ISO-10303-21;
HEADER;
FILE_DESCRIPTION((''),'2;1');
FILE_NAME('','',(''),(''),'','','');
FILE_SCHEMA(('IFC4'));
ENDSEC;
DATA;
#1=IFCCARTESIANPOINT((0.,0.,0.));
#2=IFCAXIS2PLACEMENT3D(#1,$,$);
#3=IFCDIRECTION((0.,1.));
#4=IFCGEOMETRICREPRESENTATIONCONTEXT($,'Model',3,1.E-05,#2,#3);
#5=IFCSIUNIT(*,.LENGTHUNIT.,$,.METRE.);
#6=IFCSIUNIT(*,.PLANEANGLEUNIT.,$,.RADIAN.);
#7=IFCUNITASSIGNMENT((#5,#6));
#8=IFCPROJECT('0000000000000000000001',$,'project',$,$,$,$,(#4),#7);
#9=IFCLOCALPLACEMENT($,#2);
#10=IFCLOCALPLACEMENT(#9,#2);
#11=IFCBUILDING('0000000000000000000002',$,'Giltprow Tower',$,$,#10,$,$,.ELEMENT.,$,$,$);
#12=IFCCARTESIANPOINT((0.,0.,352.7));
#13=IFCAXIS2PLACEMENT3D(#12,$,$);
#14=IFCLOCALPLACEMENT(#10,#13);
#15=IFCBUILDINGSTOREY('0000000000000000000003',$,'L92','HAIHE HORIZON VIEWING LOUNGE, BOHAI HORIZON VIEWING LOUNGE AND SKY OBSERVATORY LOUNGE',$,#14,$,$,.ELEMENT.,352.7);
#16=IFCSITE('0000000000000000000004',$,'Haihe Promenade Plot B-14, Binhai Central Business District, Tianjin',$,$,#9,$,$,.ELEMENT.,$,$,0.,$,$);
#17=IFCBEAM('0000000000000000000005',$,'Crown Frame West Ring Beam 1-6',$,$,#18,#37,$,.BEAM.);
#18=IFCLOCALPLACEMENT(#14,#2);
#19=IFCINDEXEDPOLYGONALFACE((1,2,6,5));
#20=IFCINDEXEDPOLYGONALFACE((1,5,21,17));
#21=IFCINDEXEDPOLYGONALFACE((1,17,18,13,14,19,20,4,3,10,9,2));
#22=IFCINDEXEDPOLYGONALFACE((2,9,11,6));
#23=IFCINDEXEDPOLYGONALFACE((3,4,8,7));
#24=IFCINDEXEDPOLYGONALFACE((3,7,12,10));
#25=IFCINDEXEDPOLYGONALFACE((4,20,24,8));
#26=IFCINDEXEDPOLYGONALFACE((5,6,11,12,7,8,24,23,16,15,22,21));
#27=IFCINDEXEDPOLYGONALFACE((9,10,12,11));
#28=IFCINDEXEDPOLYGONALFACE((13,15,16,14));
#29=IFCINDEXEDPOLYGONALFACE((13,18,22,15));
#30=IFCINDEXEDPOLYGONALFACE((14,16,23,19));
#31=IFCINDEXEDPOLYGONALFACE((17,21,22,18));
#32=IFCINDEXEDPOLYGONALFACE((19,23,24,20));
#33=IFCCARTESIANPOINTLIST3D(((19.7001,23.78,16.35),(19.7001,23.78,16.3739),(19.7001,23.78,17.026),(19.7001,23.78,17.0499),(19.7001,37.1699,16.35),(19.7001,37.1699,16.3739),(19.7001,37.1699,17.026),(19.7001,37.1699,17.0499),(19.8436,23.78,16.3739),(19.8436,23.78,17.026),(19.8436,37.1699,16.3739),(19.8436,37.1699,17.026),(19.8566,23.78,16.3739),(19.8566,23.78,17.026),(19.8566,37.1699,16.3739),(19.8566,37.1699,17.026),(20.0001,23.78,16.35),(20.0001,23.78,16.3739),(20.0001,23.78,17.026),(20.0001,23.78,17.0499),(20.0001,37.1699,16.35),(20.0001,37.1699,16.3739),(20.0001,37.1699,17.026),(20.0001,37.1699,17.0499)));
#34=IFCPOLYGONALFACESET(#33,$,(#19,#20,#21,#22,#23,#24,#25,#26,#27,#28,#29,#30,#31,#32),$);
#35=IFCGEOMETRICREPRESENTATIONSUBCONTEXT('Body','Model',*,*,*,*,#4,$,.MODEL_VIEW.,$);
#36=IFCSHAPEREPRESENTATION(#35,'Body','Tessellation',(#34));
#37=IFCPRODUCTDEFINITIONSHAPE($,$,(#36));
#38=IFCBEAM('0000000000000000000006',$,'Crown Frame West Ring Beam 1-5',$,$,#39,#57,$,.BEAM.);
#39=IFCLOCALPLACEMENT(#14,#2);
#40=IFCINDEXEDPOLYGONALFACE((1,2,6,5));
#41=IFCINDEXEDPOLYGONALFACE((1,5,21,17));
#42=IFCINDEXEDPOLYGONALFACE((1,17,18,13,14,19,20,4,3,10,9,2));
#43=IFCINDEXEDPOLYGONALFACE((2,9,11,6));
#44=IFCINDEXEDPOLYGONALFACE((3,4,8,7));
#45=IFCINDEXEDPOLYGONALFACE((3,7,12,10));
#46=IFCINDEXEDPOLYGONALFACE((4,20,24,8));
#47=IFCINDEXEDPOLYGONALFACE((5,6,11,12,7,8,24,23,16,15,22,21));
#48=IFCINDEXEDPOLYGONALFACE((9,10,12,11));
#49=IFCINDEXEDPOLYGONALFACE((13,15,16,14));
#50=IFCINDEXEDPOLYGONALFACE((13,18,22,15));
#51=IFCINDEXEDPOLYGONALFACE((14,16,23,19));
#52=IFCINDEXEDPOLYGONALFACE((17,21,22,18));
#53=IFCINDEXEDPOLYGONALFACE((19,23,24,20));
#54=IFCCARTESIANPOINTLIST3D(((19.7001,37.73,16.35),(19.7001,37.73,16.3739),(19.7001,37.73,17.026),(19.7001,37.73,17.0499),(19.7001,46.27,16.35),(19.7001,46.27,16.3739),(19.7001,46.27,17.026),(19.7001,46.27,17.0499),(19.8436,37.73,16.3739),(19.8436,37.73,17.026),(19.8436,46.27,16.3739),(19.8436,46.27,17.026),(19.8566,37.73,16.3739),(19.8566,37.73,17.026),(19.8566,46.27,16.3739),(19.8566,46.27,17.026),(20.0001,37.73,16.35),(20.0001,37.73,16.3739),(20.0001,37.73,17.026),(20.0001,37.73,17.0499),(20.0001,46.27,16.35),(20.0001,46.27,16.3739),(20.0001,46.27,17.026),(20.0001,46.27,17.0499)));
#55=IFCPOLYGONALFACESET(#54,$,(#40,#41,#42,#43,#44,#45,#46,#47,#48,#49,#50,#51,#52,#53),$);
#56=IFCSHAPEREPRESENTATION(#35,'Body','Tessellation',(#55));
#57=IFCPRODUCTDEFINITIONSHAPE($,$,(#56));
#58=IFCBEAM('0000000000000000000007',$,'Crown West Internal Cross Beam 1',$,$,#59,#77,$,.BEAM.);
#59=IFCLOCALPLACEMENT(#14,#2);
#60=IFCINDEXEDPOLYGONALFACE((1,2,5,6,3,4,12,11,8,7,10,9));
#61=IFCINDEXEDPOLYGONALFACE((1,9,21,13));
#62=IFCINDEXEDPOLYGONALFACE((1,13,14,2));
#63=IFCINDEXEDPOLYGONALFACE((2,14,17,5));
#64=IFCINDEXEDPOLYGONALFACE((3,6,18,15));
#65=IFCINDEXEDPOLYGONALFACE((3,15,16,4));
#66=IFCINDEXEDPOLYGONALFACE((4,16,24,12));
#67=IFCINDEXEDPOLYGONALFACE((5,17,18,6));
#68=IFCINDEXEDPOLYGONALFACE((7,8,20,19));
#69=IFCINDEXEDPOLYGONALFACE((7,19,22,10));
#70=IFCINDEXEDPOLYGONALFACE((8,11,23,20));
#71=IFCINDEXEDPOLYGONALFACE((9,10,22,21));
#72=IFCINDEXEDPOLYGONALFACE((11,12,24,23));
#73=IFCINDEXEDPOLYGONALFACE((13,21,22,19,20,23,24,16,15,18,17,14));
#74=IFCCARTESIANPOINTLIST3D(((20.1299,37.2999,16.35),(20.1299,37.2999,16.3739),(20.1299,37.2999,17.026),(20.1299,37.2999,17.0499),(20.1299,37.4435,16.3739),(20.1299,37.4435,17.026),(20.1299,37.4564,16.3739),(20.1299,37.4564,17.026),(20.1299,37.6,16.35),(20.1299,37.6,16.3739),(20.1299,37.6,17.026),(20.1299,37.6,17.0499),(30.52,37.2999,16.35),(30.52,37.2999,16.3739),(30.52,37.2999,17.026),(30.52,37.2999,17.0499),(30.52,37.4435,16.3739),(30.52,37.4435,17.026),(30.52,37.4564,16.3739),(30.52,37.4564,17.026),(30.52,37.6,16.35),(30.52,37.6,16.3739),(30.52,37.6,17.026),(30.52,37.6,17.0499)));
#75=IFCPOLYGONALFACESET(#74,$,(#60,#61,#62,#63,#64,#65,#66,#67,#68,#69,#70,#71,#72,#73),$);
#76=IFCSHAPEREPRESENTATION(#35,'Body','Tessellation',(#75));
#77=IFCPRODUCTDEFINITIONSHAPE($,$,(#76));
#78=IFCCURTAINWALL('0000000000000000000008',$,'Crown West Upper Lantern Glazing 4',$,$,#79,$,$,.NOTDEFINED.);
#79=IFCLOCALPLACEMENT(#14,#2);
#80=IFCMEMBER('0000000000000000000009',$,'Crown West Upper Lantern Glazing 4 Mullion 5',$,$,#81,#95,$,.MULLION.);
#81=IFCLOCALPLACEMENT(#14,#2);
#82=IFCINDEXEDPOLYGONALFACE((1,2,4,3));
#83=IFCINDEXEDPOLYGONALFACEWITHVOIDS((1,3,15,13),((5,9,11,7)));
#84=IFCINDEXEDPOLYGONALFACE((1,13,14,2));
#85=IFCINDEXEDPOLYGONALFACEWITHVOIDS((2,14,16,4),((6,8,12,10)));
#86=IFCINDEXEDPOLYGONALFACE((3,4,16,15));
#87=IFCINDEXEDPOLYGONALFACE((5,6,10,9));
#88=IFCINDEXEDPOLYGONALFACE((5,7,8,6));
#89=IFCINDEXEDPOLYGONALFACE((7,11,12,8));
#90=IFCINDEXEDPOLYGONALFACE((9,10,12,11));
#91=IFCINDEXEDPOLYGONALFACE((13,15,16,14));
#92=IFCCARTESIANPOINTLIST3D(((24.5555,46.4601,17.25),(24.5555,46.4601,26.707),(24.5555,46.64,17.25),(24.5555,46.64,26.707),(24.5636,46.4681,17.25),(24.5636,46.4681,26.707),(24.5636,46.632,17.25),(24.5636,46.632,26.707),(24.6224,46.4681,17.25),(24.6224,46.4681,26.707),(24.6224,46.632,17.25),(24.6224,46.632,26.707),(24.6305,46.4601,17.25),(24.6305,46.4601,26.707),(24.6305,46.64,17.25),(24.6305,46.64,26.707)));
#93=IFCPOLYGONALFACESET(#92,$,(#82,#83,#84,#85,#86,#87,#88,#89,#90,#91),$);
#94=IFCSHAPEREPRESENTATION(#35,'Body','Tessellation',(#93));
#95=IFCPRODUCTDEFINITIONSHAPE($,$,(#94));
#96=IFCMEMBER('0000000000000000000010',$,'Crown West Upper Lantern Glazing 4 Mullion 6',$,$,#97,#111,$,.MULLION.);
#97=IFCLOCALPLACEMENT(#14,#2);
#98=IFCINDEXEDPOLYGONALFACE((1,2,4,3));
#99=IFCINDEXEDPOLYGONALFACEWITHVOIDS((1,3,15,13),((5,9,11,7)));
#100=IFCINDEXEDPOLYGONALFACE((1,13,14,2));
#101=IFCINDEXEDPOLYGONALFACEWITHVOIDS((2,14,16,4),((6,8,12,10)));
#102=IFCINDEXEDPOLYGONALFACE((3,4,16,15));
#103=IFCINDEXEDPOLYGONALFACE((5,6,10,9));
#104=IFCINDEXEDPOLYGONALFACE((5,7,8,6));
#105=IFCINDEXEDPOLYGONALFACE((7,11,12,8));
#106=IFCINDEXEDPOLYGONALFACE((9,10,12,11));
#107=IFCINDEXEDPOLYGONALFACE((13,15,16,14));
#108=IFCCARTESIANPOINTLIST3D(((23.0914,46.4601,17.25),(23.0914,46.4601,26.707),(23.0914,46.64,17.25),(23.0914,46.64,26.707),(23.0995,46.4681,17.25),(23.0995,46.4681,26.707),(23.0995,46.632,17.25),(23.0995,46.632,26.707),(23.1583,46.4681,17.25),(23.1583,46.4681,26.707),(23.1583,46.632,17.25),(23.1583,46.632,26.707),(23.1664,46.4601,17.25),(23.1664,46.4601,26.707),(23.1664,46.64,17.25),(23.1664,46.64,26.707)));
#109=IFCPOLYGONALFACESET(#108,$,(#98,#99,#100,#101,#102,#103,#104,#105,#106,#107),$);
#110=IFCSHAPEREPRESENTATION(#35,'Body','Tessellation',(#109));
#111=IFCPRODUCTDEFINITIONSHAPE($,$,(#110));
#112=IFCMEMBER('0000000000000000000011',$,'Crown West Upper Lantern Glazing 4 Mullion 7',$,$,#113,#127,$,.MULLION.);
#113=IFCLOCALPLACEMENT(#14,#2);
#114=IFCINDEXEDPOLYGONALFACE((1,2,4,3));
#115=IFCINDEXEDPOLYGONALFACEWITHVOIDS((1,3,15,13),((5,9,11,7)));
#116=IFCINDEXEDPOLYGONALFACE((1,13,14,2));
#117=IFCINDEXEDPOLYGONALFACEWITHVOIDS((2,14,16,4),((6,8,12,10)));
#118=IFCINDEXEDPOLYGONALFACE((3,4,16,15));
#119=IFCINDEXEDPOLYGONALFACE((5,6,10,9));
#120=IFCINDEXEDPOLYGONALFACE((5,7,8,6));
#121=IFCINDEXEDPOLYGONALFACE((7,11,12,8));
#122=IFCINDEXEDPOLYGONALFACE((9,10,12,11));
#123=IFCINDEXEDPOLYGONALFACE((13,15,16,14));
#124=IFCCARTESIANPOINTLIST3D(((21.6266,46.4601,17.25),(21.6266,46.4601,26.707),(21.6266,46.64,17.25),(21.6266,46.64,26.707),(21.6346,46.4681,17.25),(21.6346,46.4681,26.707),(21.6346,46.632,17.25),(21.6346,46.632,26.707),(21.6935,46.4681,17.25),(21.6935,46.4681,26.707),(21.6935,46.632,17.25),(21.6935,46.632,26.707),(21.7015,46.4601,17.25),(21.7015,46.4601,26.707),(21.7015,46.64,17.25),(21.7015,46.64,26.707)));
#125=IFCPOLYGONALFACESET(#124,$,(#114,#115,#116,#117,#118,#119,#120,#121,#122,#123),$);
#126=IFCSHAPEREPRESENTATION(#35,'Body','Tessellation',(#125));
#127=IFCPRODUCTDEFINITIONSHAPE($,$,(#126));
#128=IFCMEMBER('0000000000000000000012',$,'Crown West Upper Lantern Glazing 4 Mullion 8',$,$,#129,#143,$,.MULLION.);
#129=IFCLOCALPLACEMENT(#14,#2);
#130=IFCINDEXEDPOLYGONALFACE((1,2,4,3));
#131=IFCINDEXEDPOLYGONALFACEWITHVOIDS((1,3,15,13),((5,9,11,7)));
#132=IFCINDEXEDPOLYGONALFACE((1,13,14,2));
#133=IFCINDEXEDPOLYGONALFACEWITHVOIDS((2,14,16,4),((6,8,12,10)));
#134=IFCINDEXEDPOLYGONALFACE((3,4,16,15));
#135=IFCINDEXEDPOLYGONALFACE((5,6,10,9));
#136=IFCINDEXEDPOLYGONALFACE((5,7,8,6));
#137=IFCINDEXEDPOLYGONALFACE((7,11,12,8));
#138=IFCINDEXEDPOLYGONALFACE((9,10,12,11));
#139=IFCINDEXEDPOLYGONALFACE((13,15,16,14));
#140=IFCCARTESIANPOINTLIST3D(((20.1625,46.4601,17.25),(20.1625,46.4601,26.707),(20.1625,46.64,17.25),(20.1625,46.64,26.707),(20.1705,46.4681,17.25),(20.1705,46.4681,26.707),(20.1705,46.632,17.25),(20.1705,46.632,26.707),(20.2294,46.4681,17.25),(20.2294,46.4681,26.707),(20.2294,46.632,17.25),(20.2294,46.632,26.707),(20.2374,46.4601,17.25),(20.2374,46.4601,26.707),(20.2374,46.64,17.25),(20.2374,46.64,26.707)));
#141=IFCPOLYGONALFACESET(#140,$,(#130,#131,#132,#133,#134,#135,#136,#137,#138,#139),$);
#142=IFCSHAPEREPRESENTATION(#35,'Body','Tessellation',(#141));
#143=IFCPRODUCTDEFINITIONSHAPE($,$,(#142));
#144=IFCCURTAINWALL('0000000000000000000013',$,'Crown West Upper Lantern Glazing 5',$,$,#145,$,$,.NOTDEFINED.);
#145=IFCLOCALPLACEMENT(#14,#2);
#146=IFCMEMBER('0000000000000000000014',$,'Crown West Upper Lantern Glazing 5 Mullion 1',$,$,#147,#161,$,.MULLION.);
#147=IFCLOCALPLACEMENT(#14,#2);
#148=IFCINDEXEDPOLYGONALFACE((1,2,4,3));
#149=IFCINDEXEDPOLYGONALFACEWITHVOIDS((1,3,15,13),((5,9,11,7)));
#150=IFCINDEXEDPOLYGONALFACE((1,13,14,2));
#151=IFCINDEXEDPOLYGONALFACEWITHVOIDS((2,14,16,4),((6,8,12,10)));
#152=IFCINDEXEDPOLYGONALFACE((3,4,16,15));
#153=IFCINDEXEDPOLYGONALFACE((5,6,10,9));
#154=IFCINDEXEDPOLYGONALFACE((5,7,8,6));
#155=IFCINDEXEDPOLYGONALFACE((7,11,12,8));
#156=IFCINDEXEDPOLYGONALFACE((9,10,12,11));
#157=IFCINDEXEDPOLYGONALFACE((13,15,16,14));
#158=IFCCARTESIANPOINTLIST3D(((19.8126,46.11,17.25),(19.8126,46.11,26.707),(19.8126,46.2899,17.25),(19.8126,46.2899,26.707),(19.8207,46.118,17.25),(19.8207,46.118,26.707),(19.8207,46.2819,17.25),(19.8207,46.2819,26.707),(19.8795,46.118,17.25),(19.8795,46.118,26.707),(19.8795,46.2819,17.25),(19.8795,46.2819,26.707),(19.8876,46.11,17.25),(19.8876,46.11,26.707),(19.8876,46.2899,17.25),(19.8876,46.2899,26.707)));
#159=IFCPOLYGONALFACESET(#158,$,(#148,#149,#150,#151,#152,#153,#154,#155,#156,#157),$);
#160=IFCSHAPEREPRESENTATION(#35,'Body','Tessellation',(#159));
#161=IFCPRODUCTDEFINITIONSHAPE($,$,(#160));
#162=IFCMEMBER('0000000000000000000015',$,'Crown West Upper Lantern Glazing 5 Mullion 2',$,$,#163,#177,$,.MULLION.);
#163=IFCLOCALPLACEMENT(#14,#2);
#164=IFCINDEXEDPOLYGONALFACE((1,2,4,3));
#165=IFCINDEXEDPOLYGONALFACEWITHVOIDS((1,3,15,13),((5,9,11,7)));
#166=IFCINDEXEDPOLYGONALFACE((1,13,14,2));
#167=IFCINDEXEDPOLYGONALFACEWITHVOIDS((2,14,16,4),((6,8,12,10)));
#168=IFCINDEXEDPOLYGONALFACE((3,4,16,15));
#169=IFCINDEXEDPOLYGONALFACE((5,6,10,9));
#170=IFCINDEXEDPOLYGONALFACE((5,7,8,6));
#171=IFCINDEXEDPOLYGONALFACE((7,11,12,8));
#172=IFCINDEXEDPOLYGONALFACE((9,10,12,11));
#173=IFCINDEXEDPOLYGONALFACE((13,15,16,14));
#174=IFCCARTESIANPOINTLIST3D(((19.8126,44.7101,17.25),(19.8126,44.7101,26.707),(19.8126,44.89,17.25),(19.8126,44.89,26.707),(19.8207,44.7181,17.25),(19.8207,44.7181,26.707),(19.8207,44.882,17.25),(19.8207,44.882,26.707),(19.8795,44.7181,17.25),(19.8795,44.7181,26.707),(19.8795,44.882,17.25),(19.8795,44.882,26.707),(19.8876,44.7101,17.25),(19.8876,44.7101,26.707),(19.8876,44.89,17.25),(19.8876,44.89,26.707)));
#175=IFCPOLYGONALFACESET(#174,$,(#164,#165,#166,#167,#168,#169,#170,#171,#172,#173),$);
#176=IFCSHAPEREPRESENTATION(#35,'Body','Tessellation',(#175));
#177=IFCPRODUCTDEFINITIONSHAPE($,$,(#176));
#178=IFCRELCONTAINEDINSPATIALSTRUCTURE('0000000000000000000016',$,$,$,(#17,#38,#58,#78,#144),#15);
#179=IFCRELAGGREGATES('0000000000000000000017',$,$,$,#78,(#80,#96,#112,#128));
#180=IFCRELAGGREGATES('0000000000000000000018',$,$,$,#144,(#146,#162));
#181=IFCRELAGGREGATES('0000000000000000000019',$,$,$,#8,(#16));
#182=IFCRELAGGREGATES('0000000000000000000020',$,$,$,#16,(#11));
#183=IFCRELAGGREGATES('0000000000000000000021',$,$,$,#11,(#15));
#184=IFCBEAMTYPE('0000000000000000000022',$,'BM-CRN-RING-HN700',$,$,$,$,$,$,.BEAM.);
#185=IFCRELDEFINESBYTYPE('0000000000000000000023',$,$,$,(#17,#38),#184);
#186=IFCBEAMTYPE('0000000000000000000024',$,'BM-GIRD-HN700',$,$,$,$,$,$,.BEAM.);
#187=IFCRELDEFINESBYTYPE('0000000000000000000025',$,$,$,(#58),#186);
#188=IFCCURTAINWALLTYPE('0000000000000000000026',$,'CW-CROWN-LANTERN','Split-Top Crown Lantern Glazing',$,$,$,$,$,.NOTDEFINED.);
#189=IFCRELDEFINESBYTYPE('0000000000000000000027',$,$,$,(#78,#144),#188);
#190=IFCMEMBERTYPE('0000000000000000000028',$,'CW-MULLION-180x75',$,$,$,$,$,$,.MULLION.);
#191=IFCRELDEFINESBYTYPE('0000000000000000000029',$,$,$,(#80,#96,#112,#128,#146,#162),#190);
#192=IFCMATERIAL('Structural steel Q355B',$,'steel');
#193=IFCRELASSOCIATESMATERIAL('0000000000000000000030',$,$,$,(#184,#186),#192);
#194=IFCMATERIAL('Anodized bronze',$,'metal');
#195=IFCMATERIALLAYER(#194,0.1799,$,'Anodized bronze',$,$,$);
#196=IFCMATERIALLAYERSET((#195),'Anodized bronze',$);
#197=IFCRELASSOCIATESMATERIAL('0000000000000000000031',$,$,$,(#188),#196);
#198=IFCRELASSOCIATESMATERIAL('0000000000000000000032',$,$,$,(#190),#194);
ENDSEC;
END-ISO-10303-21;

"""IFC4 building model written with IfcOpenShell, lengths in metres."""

from ifc_helpers import new_model, si_unit, direction, frame, origin, origin_2d, place, context, subcontext, project, spatial, hollow_rectangle, i_section, extrude, source, transform, mapped, material, layer, layer_set, material_profile, profile_set, type_object, element, aggregate, save


model = new_model("IFC4")

# Units and contexts
model_context = context("Model", 3, precision=1e-05, world=origin(), true_north=direction((0.0, 1.0)))
body_context = subcontext(model_context, "Body", "Model", "MODEL_VIEW")
ifc_project = project(units=[si_unit("LENGTHUNIT", "METRE"), si_unit("PLANEANGLEUNIT", "RADIAN")], contexts=[model_context])

# Site, building, storey
site_placement = place(None, origin())
site = spatial("IfcSite", under=ifc_project, at=site_placement, Name="Haihe Promenade Plot B-14, Binhai Central Business District, Tianjin", CompositionType="ELEMENT", RefElevation=0.0)
building_placement = place(site_placement, origin())
building = spatial("IfcBuilding", under=site, at=building_placement, Name="Giltprow Tower", CompositionType="ELEMENT")
storey_placement = place(building_placement, frame((0.0, 0.0, 352.7)))
storey = spatial("IfcBuildingStorey", under=building, at=storey_placement, Name="L92", Description="HAIHE HORIZON VIEWING LOUNGE, BOHAI HORIZON VIEWING LOUNGE AND SKY OBSERVATORY LOUNGE", CompositionType="ELEMENT", Elevation=352.7)

# Beams
ifc_material_1 = material(Name="Structural steel Q355B", Category="steel")
ifc_material_profile_1 = material_profile(ifc_material_1, i_section(OverallWidth=0.3, OverallDepth=0.7, WebThickness=0.0129, FlangeThickness=0.0239, at=origin_2d()), Name="HN 700x300x13x24")
ifc_profile_set_1 = profile_set([ifc_material_profile_1], Name="Structural steel Q355B")
beam_type_1 = type_object("IfcBeamType", Name="BM-CRN-RING-HN700", PredefinedType="BEAM", material=ifc_profile_set_1)
shared_shape_1 = source(origin(), body_context, "Body", "SweptSolid", [
    extrude(i_section(OverallWidth=0.3, OverallDepth=0.7, WebThickness=0.0129, FlangeThickness=0.0239, at=origin_2d()), origin(), (0.0, 0.0, 1.0), 13.3899),
])
beam_1_placement = place(storey_placement, frame((19.8501, 37.1699, 16.7), z_axis=(0.0, -1.0, 0.0), x_axis=(1.0, 0.0, 0.0)))
element("IfcBeam", 1, at=beam_1_placement, inside=storey, type_object=beam_type_1, Name="Crown Frame West Ring Beam 1-6", PredefinedType="BEAM", context=body_context, shape_type="MappedRepresentation", body=[
    mapped(shared_shape_1, transform((0.0, 0.0, 0.0), x_axis=(1.0, 0.0, 0.0), y_axis=(0.0, 1.0, 0.0), z_axis=(0.0, 0.0, 1.0), scale=1.0)),
])
shared_shape_2 = source(origin(), body_context, "Body", "SweptSolid", [
    extrude(i_section(OverallWidth=0.3, OverallDepth=0.7, WebThickness=0.0129, FlangeThickness=0.0239, at=origin_2d()), origin(), (0.0, 0.0, 1.0), 8.54),
])
beam_2_placement = place(storey_placement, frame((19.8501, 46.27, 16.7), z_axis=(0.0, -1.0, 0.0), x_axis=(1.0, 0.0, 0.0)))
element("IfcBeam", 2, at=beam_2_placement, inside=storey, type_object=beam_type_1, Name="Crown Frame West Ring Beam 1-5", PredefinedType="BEAM", context=body_context, shape_type="MappedRepresentation", body=[
    mapped(shared_shape_2, transform((0.0, 0.0, 0.0), x_axis=(1.0, 0.0, 0.0), y_axis=(0.0, 1.0, 0.0), z_axis=(0.0, 0.0, 1.0), scale=1.0)),
])
ifc_material_profile_2 = material_profile(ifc_material_1, i_section(OverallWidth=0.3, OverallDepth=0.7, WebThickness=0.0129, FlangeThickness=0.0239, at=origin_2d()), Name="HN 700x300x13x24")
ifc_profile_set_2 = profile_set([ifc_material_profile_2], Name="Structural steel Q355B")
beam_type_2 = type_object("IfcBeamType", Name="BM-GIRD-HN700", PredefinedType="BEAM", material=ifc_profile_set_2)
shared_shape_3 = source(origin(), body_context, "Body", "SweptSolid", [
    extrude(i_section(OverallWidth=0.3, OverallDepth=0.7, WebThickness=0.0129, FlangeThickness=0.0239, at=origin_2d()), origin(), (0.0, 0.0, 1.0), 10.3901),
])
beam_3_placement = place(storey_placement, frame((20.1299, 37.45, 16.7), z_axis=(1.0, 0.0, 0.0), x_axis=(0.0, 1.0, 0.0)))
element("IfcBeam", 3, at=beam_3_placement, inside=storey, type_object=beam_type_2, Name="Crown West Internal Cross Beam 1", PredefinedType="BEAM", context=body_context, shape_type="MappedRepresentation", body=[
    mapped(shared_shape_3, transform((0.0, 0.0, 0.0), x_axis=(1.0, 0.0, 0.0), y_axis=(0.0, 1.0, 0.0), z_axis=(0.0, 0.0, 1.0), scale=1.0)),
])

# Curtain walls, members
ifc_material_2 = material(Name="Anodized bronze", Category="metal")
ifc_layer = layer(ifc_material_2, 0.1799, Name="Anodized bronze")
ifc_layer_set = layer_set([ifc_layer], Name="Anodized bronze")
curtain_wall_type = type_object("IfcCurtainWallType", Name="CW-CROWN-LANTERN", Description="Split-Top Crown Lantern Glazing", PredefinedType="NOTDEFINED", material=ifc_layer_set)
curtain_wall_1_placement = place(storey_placement, origin())
curtain_wall_1 = element("IfcCurtainWall", 4, at=curtain_wall_1_placement, inside=storey, type_object=curtain_wall_type, Name="Crown West Upper Lantern Glazing 4", PredefinedType="NOTDEFINED")
ifc_material_profile_3 = material_profile(ifc_material_2, hollow_rectangle(XDim=0.075, YDim=0.1799, WallThickness=0.0081, at=origin_2d()), Name="RHS 180x75x8")
ifc_profile_set_3 = profile_set([ifc_material_profile_3], Name="Anodized bronze")
member_type_1 = type_object("IfcMemberType", Name="CW-MULLION-180x75", PredefinedType="MULLION", material=ifc_profile_set_3)
shared_shape_4 = source(origin(), body_context, "Body", "SweptSolid", [
    extrude(hollow_rectangle(XDim=0.075, YDim=0.1799, WallThickness=0.0081, at=origin_2d()), origin(), (0.0, 0.0, 1.0), 9.457),
])
member_1_placement = place(storey_placement, frame((24.593, 46.55, 17.25), z_axis=(0.0, 0.0, 1.0), x_axis=(1.0, 0.0, 0.0)))
member_1 = element("IfcMember", 5, at=member_1_placement, type_object=member_type_1, Name="Crown West Upper Lantern Glazing 4 Mullion 5", PredefinedType="MULLION", context=body_context, shape_type="MappedRepresentation", body=[
    mapped(shared_shape_4, transform((0.0, 0.0, 0.0), x_axis=(1.0, 0.0, 0.0), y_axis=(0.0, 1.0, 0.0), z_axis=(0.0, 0.0, 1.0), scale=1.0)),
])
member_2_placement = place(storey_placement, frame((23.1289, 46.55, 17.25), z_axis=(0.0, 0.0, 1.0), x_axis=(1.0, 0.0, 0.0)))
member_2 = element("IfcMember", 6, at=member_2_placement, type_object=member_type_1, Name="Crown West Upper Lantern Glazing 4 Mullion 6", PredefinedType="MULLION", context=body_context, shape_type="MappedRepresentation", body=[
    mapped(shared_shape_4, transform((0.0, 0.0, 0.0), x_axis=(1.0, 0.0, 0.0), y_axis=(0.0, 1.0, 0.0), z_axis=(0.0, 0.0, 1.0), scale=1.0)),
])
member_3_placement = place(storey_placement, frame((21.6641, 46.55, 17.25), z_axis=(0.0, 0.0, 1.0), x_axis=(1.0, 0.0, 0.0)))
member_3 = element("IfcMember", 7, at=member_3_placement, type_object=member_type_1, Name="Crown West Upper Lantern Glazing 4 Mullion 7", PredefinedType="MULLION", context=body_context, shape_type="MappedRepresentation", body=[
    mapped(shared_shape_4, transform((0.0, 0.0, 0.0), x_axis=(1.0, 0.0, 0.0), y_axis=(0.0, 1.0, 0.0), z_axis=(0.0, 0.0, 1.0), scale=1.0)),
])
member_4_placement = place(storey_placement, frame((20.2, 46.55, 17.25), z_axis=(0.0, 0.0, 1.0), x_axis=(1.0, 0.0, 0.0)))
member_4 = element("IfcMember", 8, at=member_4_placement, type_object=member_type_1, Name="Crown West Upper Lantern Glazing 4 Mullion 8", PredefinedType="MULLION", context=body_context, shape_type="MappedRepresentation", body=[
    mapped(shared_shape_4, transform((0.0, 0.0, 0.0), x_axis=(1.0, 0.0, 0.0), y_axis=(0.0, 1.0, 0.0), z_axis=(0.0, 0.0, 1.0), scale=1.0)),
])
aggregate(curtain_wall_1, [member_1, member_2, member_3, member_4])
curtain_wall_2_placement = place(storey_placement, origin())
curtain_wall_2 = element("IfcCurtainWall", 9, at=curtain_wall_2_placement, inside=storey, type_object=curtain_wall_type, Name="Crown West Upper Lantern Glazing 5", PredefinedType="NOTDEFINED")
member_5_placement = place(storey_placement, frame((19.8501, 46.2, 17.25), z_axis=(0.0, 0.0, 1.0), x_axis=(1.0, 0.0, 0.0)))
member_5 = element("IfcMember", 10, at=member_5_placement, type_object=member_type_1, Name="Crown West Upper Lantern Glazing 5 Mullion 1", PredefinedType="MULLION", context=body_context, shape_type="MappedRepresentation", body=[
    mapped(shared_shape_4, transform((0.0, 0.0, 0.0), x_axis=(1.0, 0.0, 0.0), y_axis=(0.0, 1.0, 0.0), z_axis=(0.0, 0.0, 1.0), scale=1.0)),
])
member_6_placement = place(storey_placement, frame((19.8501, 44.8, 17.25), z_axis=(0.0, 0.0, 1.0), x_axis=(1.0, 0.0, 0.0)))
member_6 = element("IfcMember", 11, at=member_6_placement, type_object=member_type_1, Name="Crown West Upper Lantern Glazing 5 Mullion 2", PredefinedType="MULLION", context=body_context, shape_type="MappedRepresentation", body=[
    mapped(shared_shape_4, transform((0.0, 0.0, 0.0), x_axis=(1.0, 0.0, 0.0), y_axis=(0.0, 1.0, 0.0), z_axis=(0.0, 0.0, 1.0), scale=1.0)),
])

aggregate(curtain_wall_2, [member_5, member_6])

save(model, "model.ifc")
